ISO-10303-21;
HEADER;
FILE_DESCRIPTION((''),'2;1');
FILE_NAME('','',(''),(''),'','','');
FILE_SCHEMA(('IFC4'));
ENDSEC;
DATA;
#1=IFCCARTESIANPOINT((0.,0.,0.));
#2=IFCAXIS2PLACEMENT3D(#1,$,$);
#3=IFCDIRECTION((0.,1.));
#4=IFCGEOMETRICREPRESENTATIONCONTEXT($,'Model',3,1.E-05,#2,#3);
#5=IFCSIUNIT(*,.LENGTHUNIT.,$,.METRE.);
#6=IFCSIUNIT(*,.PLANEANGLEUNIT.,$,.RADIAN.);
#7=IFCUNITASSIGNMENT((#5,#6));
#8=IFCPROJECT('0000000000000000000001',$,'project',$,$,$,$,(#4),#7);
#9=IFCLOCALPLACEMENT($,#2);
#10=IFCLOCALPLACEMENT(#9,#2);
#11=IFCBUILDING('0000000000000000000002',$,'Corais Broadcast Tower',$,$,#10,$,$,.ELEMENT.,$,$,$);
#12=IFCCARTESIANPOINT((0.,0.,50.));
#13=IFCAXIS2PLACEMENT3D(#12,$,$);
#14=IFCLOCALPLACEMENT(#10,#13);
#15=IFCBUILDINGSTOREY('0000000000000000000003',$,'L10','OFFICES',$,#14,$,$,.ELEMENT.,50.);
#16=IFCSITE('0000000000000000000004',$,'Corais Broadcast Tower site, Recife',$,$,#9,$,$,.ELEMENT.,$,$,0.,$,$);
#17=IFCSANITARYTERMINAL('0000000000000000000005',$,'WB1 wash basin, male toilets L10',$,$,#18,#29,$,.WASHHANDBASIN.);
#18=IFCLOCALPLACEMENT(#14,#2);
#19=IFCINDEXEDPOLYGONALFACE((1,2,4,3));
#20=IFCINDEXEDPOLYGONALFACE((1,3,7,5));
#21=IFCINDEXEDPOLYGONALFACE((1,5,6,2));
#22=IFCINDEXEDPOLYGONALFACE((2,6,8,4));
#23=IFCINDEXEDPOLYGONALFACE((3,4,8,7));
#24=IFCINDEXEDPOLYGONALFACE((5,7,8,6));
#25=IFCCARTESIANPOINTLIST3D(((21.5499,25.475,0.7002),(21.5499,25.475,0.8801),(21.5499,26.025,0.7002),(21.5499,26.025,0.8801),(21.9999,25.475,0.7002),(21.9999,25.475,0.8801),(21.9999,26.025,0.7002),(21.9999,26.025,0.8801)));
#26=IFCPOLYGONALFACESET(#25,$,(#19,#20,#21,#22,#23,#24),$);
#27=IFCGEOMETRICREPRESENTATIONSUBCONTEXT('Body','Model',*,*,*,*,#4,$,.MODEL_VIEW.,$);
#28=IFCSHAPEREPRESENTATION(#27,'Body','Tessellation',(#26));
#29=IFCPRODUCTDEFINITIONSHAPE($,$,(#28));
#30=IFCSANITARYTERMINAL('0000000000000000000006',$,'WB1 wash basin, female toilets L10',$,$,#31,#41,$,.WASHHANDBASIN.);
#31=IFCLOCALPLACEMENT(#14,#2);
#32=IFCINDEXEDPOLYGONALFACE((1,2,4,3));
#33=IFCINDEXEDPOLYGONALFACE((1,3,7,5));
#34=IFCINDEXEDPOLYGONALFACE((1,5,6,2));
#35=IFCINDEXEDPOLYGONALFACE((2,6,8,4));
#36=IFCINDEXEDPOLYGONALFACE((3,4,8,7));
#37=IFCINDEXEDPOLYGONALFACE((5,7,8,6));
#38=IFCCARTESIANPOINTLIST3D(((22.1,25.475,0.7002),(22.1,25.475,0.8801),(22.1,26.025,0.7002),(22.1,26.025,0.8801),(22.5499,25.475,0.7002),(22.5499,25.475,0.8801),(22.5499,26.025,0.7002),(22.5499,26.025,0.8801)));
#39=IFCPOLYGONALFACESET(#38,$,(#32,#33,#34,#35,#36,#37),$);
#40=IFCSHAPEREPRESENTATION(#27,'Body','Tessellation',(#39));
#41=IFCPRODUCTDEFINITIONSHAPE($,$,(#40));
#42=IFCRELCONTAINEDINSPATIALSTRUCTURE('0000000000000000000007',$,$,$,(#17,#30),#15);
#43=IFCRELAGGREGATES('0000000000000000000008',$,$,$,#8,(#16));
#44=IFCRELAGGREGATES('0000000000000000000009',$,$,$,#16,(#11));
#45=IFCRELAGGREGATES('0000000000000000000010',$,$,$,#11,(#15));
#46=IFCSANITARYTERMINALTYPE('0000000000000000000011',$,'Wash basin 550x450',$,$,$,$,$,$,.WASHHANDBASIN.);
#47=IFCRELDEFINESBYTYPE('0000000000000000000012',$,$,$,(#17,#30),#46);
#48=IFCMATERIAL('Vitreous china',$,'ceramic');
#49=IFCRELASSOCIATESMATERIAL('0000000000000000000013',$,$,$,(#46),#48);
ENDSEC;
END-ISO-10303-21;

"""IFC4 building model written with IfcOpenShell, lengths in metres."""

from ifc_helpers import new_model, si_unit, direction, frame, origin, origin_2d, place, context, subcontext, project, spatial, rectangle, extrude, material, type_object, element, save


model = new_model("IFC4")

# Units and contexts
model_context = context("Model", 3, precision=1e-05, world=origin(), true_north=direction((0.0, 1.0)))
body_context = subcontext(model_context, "Body", "Model", "MODEL_VIEW")
ifc_project = project(units=[si_unit("LENGTHUNIT", "METRE"), si_unit("PLANEANGLEUNIT", "RADIAN")], contexts=[model_context])

# Site, building, storey
site_placement = place(None, origin())
site = spatial("IfcSite", under=ifc_project, at=site_placement, Name="Corais Broadcast Tower site, Recife", CompositionType="ELEMENT", RefElevation=0.0)
building_placement = place(site_placement, origin())
building = spatial("IfcBuilding", under=site, at=building_placement, Name="Corais Broadcast Tower", CompositionType="ELEMENT")
storey_placement = place(building_placement, frame((0.0, 0.0, 50.0)))
storey = spatial("IfcBuildingStorey", under=building, at=storey_placement, Name="L10", Description="OFFICES", CompositionType="ELEMENT", Elevation=50.0)

# Sanitary terminals
ifc_material_1 = material(Name="Vitreous china", Category="ceramic")
sanitary_terminal_type_1 = type_object("IfcSanitaryTerminalType", Name="Wash basin 550x450", PredefinedType="WASHHANDBASIN", material=ifc_material_1)
for number, where, z_axis, x_axis, name in (
    (1, (21.7749, 25.75, 0.7002), (0.0, 0.0, 1.0), (1.0, 0.0, 0.0), "WB1 wash basin, male toilets L10"),
    (2, (22.325, 25.75, 0.7002), (0.0, 0.0, 1.0), (1.0, 0.0, 0.0), "WB1 wash basin, female toilets L10"),
):
    element("IfcSanitaryTerminal", number, at=place(storey_placement, frame(where, z_axis=z_axis, x_axis=x_axis)), inside=storey, type_object=sanitary_terminal_type_1, Name=name, PredefinedType="WASHHANDBASIN", context=body_context, shape_type="SweptSolid", body=[
        extrude(rectangle(XDim=0.45, YDim=0.55, at=origin_2d()), origin(), (0.0, 0.0, 1.0), 0.1799),
    ])

save(model, "model.ifc")
